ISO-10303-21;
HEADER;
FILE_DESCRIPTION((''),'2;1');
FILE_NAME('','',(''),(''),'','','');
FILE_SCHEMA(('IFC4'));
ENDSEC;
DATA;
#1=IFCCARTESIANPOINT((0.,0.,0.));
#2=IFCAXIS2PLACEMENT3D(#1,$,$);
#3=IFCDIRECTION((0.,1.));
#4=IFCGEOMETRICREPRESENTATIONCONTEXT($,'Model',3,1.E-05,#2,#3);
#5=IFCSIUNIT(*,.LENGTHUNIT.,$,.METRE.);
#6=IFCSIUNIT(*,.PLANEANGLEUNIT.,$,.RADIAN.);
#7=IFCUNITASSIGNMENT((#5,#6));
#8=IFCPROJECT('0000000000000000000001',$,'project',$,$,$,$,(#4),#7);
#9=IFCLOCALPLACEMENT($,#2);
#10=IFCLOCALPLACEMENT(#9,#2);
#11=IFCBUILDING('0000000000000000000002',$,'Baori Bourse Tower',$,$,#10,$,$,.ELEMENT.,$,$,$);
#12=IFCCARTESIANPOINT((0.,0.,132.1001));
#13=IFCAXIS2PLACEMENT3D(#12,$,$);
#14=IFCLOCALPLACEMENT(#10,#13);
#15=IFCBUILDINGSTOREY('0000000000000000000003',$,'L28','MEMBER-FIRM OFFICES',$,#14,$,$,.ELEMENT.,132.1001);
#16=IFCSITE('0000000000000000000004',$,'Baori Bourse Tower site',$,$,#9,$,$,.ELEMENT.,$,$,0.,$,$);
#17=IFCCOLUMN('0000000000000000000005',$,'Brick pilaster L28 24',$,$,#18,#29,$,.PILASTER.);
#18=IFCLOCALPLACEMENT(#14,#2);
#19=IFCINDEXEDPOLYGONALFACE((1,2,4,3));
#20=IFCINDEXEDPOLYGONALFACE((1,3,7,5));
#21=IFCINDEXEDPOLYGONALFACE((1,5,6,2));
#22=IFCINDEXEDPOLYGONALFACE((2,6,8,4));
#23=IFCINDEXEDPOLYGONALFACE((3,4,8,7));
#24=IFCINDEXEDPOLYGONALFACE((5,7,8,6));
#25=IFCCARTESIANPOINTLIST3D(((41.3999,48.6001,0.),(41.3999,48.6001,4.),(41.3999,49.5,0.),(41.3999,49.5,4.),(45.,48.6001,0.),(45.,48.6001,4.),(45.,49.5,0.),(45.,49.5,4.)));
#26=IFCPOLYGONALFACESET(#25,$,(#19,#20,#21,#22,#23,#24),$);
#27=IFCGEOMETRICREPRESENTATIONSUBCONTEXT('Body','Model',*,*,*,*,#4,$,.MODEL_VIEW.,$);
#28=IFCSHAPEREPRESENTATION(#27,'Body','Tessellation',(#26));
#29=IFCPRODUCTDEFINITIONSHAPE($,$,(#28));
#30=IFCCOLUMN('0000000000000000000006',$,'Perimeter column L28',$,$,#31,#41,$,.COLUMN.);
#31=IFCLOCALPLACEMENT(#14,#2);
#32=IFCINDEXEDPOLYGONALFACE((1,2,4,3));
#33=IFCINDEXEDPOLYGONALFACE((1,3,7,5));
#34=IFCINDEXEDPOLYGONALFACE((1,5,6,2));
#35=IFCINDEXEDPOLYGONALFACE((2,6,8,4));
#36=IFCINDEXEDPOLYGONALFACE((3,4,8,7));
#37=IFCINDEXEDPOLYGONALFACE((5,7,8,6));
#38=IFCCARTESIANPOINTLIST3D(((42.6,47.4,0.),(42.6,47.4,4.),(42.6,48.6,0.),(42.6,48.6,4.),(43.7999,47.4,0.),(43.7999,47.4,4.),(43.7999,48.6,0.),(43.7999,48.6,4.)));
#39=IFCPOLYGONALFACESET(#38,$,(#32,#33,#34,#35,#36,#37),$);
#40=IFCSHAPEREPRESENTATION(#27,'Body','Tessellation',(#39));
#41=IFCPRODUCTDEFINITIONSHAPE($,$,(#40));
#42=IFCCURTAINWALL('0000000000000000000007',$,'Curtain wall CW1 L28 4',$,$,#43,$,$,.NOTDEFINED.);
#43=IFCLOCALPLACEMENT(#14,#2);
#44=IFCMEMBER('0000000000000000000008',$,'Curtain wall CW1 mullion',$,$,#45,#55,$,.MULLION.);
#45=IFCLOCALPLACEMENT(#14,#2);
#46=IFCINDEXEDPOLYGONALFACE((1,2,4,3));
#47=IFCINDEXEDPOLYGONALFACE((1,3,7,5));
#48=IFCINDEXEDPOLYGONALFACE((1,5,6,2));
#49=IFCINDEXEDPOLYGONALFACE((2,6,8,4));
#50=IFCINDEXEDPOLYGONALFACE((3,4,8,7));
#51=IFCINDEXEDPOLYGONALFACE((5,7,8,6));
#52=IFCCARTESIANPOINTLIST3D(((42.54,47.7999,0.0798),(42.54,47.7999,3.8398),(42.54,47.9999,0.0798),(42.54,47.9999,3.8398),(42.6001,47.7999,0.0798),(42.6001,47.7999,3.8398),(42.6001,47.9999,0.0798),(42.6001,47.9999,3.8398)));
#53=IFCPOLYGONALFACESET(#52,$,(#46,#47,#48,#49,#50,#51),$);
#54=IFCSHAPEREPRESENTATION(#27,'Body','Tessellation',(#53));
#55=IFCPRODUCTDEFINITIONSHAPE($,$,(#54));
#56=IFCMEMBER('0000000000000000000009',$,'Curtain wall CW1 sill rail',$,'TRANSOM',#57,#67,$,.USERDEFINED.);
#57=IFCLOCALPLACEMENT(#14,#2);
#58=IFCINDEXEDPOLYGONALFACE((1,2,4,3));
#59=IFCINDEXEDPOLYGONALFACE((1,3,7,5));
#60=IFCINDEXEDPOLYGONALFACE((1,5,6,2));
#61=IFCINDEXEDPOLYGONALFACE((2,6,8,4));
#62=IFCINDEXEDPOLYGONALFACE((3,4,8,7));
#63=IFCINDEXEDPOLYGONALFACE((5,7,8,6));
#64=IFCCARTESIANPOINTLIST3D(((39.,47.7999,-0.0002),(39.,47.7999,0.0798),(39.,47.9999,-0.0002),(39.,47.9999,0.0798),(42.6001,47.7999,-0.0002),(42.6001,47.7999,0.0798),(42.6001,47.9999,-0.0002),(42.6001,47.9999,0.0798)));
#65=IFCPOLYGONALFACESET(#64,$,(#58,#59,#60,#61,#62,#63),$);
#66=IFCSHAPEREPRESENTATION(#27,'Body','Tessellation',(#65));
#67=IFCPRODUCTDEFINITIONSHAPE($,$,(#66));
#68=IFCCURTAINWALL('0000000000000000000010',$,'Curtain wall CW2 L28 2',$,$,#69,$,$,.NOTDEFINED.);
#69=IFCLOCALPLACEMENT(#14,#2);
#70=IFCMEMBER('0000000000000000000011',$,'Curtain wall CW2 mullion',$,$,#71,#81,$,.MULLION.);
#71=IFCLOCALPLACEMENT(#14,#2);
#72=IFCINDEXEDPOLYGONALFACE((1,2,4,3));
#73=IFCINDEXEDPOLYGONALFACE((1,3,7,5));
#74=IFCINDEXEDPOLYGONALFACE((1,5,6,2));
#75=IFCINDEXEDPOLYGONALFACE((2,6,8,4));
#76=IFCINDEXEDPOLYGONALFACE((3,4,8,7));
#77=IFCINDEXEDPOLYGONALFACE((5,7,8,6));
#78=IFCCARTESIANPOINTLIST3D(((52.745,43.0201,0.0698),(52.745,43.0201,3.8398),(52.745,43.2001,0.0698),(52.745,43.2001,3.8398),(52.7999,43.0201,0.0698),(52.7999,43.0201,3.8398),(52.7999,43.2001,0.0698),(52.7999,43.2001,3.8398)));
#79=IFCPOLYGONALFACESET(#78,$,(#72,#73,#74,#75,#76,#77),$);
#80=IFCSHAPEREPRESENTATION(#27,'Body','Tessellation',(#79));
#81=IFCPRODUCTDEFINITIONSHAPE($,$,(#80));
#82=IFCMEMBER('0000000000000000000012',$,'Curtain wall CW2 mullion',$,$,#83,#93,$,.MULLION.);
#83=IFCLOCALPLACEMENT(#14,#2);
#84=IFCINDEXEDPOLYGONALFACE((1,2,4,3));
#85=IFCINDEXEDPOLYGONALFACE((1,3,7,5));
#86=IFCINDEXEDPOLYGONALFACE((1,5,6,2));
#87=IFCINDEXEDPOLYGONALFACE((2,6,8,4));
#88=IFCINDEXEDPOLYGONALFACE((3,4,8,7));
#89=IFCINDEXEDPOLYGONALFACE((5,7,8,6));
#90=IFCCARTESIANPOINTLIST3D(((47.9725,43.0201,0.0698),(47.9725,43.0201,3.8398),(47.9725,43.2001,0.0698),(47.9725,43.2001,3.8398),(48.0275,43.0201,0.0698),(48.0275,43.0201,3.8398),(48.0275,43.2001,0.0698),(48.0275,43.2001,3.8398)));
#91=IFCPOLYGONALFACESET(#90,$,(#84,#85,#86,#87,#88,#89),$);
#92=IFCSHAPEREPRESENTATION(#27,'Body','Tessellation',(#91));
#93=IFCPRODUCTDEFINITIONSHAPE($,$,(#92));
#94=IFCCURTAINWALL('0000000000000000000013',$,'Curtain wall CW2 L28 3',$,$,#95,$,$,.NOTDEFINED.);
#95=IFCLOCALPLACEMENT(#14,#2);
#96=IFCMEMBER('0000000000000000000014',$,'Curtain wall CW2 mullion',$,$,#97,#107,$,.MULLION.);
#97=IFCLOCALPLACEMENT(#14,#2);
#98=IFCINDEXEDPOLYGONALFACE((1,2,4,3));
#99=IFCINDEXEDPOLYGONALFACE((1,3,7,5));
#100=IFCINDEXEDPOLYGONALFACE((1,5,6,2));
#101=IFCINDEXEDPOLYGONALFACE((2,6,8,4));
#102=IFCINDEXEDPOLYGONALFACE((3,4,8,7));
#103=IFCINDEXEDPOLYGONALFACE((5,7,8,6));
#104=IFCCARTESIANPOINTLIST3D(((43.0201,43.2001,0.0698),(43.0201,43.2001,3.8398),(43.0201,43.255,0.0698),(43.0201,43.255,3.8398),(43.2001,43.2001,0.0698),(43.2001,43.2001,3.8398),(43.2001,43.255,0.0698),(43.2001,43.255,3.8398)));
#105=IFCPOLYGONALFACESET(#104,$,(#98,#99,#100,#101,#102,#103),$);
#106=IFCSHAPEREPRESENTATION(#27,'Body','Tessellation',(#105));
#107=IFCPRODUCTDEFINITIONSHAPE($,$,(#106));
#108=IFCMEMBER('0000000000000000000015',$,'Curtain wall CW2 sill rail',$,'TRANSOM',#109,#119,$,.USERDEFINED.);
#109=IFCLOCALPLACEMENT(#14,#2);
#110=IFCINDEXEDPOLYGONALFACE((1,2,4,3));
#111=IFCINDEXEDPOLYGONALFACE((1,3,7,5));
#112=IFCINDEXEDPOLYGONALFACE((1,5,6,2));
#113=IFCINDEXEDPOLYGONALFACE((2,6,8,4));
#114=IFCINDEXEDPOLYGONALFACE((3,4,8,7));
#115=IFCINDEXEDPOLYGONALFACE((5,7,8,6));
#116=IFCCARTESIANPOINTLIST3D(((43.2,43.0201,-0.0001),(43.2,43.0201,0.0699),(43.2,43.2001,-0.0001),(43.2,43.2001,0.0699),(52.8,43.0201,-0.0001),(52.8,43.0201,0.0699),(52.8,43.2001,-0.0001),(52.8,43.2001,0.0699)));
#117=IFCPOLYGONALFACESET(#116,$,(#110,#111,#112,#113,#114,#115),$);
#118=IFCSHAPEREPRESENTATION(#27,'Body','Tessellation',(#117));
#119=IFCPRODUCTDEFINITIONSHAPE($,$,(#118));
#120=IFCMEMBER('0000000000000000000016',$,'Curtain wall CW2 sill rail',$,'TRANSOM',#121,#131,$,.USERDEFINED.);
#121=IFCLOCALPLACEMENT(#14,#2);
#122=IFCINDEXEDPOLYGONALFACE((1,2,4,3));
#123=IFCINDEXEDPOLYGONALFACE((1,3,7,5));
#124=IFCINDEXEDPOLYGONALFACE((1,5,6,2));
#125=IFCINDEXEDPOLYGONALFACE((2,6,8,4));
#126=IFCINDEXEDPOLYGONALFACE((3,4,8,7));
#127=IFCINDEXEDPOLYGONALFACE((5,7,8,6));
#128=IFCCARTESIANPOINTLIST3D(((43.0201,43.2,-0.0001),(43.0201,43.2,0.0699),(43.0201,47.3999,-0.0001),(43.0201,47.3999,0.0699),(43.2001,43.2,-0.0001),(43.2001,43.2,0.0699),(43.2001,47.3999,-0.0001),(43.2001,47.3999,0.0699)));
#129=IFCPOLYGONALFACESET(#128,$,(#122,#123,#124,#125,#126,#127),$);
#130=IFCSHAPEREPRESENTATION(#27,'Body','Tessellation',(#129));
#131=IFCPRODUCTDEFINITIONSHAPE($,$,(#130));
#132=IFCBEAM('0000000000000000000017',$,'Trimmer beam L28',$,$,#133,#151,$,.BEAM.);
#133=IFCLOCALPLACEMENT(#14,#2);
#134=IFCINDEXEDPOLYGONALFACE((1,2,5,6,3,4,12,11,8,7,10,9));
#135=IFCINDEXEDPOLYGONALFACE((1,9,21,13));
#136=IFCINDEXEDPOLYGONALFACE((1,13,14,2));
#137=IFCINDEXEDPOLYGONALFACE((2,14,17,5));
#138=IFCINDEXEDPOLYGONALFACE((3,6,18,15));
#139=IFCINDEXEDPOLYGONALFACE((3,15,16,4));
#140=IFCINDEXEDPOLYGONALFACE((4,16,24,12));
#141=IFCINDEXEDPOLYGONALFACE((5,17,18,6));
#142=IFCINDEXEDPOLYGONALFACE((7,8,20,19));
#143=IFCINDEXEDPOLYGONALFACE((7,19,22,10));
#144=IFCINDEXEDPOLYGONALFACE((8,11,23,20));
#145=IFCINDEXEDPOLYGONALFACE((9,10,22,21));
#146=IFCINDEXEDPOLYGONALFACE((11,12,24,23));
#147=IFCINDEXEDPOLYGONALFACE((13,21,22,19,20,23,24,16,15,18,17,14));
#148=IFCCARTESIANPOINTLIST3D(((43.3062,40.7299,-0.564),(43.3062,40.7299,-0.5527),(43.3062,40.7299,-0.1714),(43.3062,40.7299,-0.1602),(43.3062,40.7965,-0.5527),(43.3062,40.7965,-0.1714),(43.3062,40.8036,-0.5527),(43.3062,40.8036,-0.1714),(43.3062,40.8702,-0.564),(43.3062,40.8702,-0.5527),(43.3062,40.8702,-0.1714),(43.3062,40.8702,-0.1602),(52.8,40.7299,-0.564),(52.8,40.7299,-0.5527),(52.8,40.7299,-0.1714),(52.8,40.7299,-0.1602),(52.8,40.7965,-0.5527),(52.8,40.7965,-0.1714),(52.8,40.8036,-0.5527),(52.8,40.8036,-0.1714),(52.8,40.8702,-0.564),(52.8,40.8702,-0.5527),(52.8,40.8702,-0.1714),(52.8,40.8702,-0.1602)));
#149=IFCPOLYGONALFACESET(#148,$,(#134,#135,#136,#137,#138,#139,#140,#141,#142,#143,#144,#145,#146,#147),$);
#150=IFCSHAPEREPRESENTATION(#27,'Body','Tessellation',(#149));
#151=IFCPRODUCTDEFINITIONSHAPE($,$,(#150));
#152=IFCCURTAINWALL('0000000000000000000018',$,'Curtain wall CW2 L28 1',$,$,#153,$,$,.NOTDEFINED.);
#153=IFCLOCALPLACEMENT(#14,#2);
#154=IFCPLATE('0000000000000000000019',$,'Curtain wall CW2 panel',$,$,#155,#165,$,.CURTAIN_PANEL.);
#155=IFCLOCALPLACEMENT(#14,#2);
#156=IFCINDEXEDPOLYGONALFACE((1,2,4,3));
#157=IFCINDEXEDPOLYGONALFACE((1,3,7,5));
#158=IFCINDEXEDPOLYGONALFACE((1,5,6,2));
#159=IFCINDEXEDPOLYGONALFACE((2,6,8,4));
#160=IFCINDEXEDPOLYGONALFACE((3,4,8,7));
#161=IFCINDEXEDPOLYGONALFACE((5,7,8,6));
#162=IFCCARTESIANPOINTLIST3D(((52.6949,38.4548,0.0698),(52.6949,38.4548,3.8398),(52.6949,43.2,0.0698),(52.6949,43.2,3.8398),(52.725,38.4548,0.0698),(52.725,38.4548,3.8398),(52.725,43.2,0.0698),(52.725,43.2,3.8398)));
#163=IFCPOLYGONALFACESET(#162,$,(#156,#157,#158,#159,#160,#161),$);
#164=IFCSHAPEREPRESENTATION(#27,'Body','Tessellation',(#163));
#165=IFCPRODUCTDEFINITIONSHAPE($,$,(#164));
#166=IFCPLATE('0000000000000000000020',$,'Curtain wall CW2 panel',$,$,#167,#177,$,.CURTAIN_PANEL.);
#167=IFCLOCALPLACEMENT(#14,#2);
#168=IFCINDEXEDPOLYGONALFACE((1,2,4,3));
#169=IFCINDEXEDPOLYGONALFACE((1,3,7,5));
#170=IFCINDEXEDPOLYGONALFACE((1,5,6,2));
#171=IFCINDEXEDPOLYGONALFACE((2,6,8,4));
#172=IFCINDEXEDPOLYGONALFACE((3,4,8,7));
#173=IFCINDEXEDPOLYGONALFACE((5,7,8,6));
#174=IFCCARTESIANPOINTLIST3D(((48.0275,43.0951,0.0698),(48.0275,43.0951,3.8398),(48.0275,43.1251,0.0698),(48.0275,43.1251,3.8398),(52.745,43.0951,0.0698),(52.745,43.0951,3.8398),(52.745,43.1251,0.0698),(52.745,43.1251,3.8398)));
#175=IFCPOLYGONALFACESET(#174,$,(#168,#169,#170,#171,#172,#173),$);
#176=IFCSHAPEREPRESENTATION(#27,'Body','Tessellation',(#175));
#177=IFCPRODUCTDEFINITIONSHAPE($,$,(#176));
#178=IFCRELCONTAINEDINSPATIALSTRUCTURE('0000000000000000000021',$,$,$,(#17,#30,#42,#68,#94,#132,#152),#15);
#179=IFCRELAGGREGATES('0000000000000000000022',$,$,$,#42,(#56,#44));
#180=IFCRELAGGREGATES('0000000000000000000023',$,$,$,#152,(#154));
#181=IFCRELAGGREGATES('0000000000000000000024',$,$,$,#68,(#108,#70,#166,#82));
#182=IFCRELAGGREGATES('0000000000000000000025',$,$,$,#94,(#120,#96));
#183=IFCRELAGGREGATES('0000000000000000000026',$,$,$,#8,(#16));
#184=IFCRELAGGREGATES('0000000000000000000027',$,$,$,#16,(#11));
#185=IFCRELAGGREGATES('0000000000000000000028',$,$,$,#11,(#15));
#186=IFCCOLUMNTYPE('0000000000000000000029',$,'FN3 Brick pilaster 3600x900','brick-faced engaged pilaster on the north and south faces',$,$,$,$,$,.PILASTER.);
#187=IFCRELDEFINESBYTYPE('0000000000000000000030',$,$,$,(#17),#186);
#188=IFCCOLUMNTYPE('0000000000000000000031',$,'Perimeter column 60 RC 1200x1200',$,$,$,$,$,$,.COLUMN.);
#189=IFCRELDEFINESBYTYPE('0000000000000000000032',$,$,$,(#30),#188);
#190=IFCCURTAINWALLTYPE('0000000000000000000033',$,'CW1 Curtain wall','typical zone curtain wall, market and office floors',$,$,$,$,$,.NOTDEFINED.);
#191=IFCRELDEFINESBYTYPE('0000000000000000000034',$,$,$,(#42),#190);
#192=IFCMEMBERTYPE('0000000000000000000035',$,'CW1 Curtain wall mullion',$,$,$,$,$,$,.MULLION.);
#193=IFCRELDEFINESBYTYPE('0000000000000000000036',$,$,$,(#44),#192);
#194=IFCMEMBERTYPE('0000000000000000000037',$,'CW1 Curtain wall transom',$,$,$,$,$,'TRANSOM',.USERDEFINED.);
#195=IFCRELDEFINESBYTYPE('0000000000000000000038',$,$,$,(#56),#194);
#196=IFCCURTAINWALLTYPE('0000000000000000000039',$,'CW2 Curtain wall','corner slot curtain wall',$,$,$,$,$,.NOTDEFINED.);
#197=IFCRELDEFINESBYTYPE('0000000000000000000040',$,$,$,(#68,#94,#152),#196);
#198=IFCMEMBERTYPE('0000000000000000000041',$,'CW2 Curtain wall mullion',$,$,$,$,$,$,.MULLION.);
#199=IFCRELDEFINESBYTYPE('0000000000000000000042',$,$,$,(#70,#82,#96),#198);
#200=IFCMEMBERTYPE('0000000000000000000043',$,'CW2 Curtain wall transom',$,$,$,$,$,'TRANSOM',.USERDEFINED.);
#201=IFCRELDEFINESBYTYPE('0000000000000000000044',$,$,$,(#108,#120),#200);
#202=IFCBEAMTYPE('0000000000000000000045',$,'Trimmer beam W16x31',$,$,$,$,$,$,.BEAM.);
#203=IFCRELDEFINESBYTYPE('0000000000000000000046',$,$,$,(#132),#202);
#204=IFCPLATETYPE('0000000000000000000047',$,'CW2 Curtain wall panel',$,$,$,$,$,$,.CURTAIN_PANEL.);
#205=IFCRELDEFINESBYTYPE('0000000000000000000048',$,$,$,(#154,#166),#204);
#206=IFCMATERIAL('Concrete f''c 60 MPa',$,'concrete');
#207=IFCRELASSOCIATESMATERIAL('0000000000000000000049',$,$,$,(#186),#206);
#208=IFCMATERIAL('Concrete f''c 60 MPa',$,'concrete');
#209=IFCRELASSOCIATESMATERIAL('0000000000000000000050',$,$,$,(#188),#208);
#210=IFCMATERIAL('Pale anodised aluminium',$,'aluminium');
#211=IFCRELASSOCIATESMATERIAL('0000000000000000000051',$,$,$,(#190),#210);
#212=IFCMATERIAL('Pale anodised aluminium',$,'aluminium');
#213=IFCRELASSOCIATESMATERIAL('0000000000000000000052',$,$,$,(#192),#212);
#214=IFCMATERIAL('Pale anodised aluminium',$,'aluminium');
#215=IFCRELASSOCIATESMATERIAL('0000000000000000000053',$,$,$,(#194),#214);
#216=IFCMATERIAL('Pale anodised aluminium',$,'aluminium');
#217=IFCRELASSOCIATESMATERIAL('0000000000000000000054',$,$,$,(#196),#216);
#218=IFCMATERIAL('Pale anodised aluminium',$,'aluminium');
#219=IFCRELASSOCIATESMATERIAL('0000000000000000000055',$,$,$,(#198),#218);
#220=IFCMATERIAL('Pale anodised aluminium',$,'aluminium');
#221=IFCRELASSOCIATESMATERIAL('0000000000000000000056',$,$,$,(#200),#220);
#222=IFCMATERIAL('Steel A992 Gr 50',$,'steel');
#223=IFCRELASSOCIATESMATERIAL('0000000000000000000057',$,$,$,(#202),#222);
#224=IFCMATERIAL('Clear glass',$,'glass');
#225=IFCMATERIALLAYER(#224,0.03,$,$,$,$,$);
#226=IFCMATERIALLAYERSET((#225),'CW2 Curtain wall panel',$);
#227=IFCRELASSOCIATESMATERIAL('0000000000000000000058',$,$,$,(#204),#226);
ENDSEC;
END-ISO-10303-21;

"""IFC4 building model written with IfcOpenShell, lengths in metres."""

from ifc_helpers import new_model, si_unit, direction, frame, origin, origin_2d, place, context, subcontext, project, spatial, rectangle, i_section, extrude, material, layer, layer_set, material_profile, profile_set, type_object, element, aggregate, save


model = new_model("IFC4")

# Units and contexts
model_context = context("Model", 3, precision=1e-05, world=origin(), true_north=direction((0.0, 1.0)))
body_context = subcontext(model_context, "Body", "Model", "MODEL_VIEW")
ifc_project = project(units=[si_unit("LENGTHUNIT", "METRE"), si_unit("PLANEANGLEUNIT", "RADIAN")], contexts=[model_context])

# Site, building, storey
site_placement = place(None, origin())
site = spatial("IfcSite", under=ifc_project, at=site_placement, Name="Baori Bourse Tower site", CompositionType="ELEMENT", RefElevation=0.0)
building_placement = place(site_placement, origin())
building = spatial("IfcBuilding", under=site, at=building_placement, Name="Baori Bourse Tower", CompositionType="ELEMENT")
storey_placement = place(building_placement, frame((0.0, 0.0, 132.1001)))
storey = spatial("IfcBuildingStorey", under=building, at=storey_placement, Name="L28", Description="MEMBER-FIRM OFFICES", CompositionType="ELEMENT", Elevation=132.1001)

# Columns
ifc_material_1 = material(Name="Concrete f'c 60 MPa", Category="concrete")
ifc_material_profile_1 = material_profile(ifc_material_1, rectangle(XDim=3.6001, YDim=0.8999, at=origin_2d()), Name="RC 3600x900")
ifc_profile_set_1 = profile_set([ifc_material_profile_1], Name="Concrete f'c 60 MPa")
column_type_1 = type_object("IfcColumnType", Name="FN3 Brick pilaster 3600x900", Description="brick-faced engaged pilaster on the north and south faces", PredefinedType="PILASTER", material=ifc_profile_set_1)
column_1_placement = place(storey_placement, frame((43.2, 49.05, 0.0), z_axis=(0.0, 0.0, 1.0), x_axis=(1.0, 0.0, 0.0)))
element("IfcColumn", 1, at=column_1_placement, inside=storey, type_object=column_type_1, Name="Brick pilaster L28 24", PredefinedType="PILASTER", context=body_context, shape_type="SweptSolid", body=[
    extrude(rectangle(XDim=3.6001, YDim=0.8999, at=origin_2d()), origin(), (0.0, 0.0, 1.0), 4.0),
])
ifc_material_2 = material(Name="Concrete f'c 60 MPa", Category="concrete")
ifc_material_profile_2 = material_profile(ifc_material_2, rectangle(XDim=1.2, YDim=1.2, at=origin_2d()), Name="RC 1200x1200")
ifc_profile_set_2 = profile_set([ifc_material_profile_2], Name="Concrete f'c 60 MPa")
column_type_2 = type_object("IfcColumnType", Name="Perimeter column 60 RC 1200x1200", PredefinedType="COLUMN", material=ifc_profile_set_2)
column_2_placement = place(storey_placement, frame((43.2, 48.0, 0.0), z_axis=(0.0, 0.0, 1.0), x_axis=(1.0, 0.0, 0.0)))
element("IfcColumn", 2, at=column_2_placement, inside=storey, type_object=column_type_2, Name="Perimeter column L28", PredefinedType="COLUMN", context=body_context, shape_type="SweptSolid", body=[
    extrude(rectangle(XDim=1.2, YDim=1.2, at=origin_2d()), origin(), (0.0, 0.0, 1.0), 4.0),
])

# Curtain walls, members
ifc_material_3 = material(Name="Pale anodised aluminium", Category="aluminium")
curtain_wall_type_1 = type_object("IfcCurtainWallType", Name="CW1 Curtain wall", Description="typical zone curtain wall, market and office floors", PredefinedType="NOTDEFINED", material=ifc_material_3)
curtain_wall_1_placement = place(storey_placement, origin())
curtain_wall_1 = element("IfcCurtainWall", 3, at=curtain_wall_1_placement, inside=storey, type_object=curtain_wall_type_1, Name="Curtain wall CW1 L28 4", PredefinedType="NOTDEFINED")
ifc_material_4 = material(Name="Pale anodised aluminium", Category="aluminium")
ifc_material_profile_3 = material_profile(ifc_material_4, rectangle(XDim=0.2, YDim=0.0601, at=origin_2d()), Name="Mullion 60x200")
ifc_profile_set_3 = profile_set([ifc_material_profile_3], Name="Pale anodised aluminium")
member_type_1 = type_object("IfcMemberType", Name="CW1 Curtain wall mullion", PredefinedType="MULLION", material=ifc_profile_set_3)
member_1_placement = place(storey_placement, frame((42.5701, 47.8999, 0.0798), z_axis=(0.0, 0.0, 1.0), x_axis=(0.0, -1.0, 0.0)))
member_1 = element("IfcMember", 4, at=member_1_placement, type_object=member_type_1, Name="Curtain wall CW1 mullion", PredefinedType="MULLION", context=body_context, shape_type="SweptSolid", body=[
    extrude(rectangle(XDim=0.2, YDim=0.0601, at=origin_2d()), origin(), (0.0, 0.0, 1.0), 3.76),
])
ifc_material_5 = material(Name="Pale anodised aluminium", Category="aluminium")
ifc_material_profile_4 = material_profile(ifc_material_5, rectangle(XDim=0.2, YDim=0.0801, at=origin_2d()), Name="Transom 80x200")
ifc_profile_set_4 = profile_set([ifc_material_profile_4], Name="Pale anodised aluminium")
member_type_2 = type_object("IfcMemberType", Name="CW1 Curtain wall transom", ElementType="TRANSOM", PredefinedType="USERDEFINED", material=ifc_profile_set_4)
member_2_placement = place(storey_placement, frame((42.6001, 47.8999, 0.0398), z_axis=(-1.0, 0.0, 0.0), x_axis=(0.0, -1.0, 0.0)))
member_2 = element("IfcMember", 5, at=member_2_placement, type_object=member_type_2, Name="Curtain wall CW1 sill rail", ObjectType="TRANSOM", PredefinedType="USERDEFINED", context=body_context, shape_type="SweptSolid", body=[
    extrude(rectangle(XDim=0.2, YDim=0.0801, at=origin_2d()), origin(), (0.0, 0.0, 1.0), 3.6001),
])
aggregate(curtain_wall_1, [member_2, member_1])
ifc_material_6 = material(Name="Pale anodised aluminium", Category="aluminium")
curtain_wall_type_2 = type_object("IfcCurtainWallType", Name="CW2 Curtain wall", Description="corner slot curtain wall", PredefinedType="NOTDEFINED", material=ifc_material_6)
curtain_wall_2_placement = place(storey_placement, origin())
curtain_wall_2 = element("IfcCurtainWall", 6, at=curtain_wall_2_placement, inside=storey, type_object=curtain_wall_type_2, Name="Curtain wall CW2 L28 2", PredefinedType="NOTDEFINED")
ifc_material_7 = material(Name="Pale anodised aluminium", Category="aluminium")
ifc_material_profile_5 = material_profile(ifc_material_7, rectangle(XDim=0.1799, YDim=0.0549, at=origin_2d()), Name="Mullion 55x180")
ifc_profile_set_5 = profile_set([ifc_material_profile_5], Name="Pale anodised aluminium")
member_type_3 = type_object("IfcMemberType", Name="CW2 Curtain wall mullion", PredefinedType="MULLION", material=ifc_profile_set_5)
member_3_placement = place(storey_placement, frame((52.7725, 43.1101, 0.0698), z_axis=(0.0, 0.0, 1.0), x_axis=(0.0, -1.0, 0.0)))
member_3 = element("IfcMember", 7, at=member_3_placement, type_object=member_type_3, Name="Curtain wall CW2 mullion", PredefinedType="MULLION", context=body_context, shape_type="SweptSolid", body=[
    extrude(rectangle(XDim=0.1799, YDim=0.0549, at=origin_2d()), origin(), (0.0, 0.0, 1.0), 3.77),
])
member_4_placement = place(storey_placement, frame((48.0, 43.1101, 0.0698), z_axis=(0.0, 0.0, 1.0), x_axis=(0.0, -1.0, 0.0)))
member_4 = element("IfcMember", 8, at=member_4_placement, type_object=member_type_3, Name="Curtain wall CW2 mullion", PredefinedType="MULLION", context=body_context, shape_type="SweptSolid", body=[
    extrude(rectangle(XDim=0.1799, YDim=0.0549, at=origin_2d()), origin(), (0.0, 0.0, 1.0), 3.77),
])

# Curtain wall, member
curtain_wall_3_placement = place(storey_placement, origin())
curtain_wall_3 = element("IfcCurtainWall", 9, at=curtain_wall_3_placement, inside=storey, type_object=curtain_wall_type_2, Name="Curtain wall CW2 L28 3", PredefinedType="NOTDEFINED")
member_5_placement = place(storey_placement, frame((43.1101, 43.2275, 0.0698), z_axis=(0.0, 0.0, 1.0), x_axis=(-1.0, 0.0, 0.0)))
member_5 = element("IfcMember", 10, at=member_5_placement, type_object=member_type_3, Name="Curtain wall CW2 mullion", PredefinedType="MULLION", context=body_context, shape_type="SweptSolid", body=[
    extrude(rectangle(XDim=0.1799, YDim=0.0549, at=origin_2d()), origin(), (0.0, 0.0, 1.0), 3.77),
])

# Members
ifc_material_8 = material(Name="Pale anodised aluminium", Category="aluminium")
ifc_material_profile_6 = material_profile(ifc_material_8, rectangle(XDim=0.1799, YDim=0.0701, at=origin_2d()), Name="Transom 70x180")
ifc_profile_set_6 = profile_set([ifc_material_profile_6], Name="Pale anodised aluminium")
member_type_4 = type_object("IfcMemberType", Name="CW2 Curtain wall transom", ElementType="TRANSOM", PredefinedType="USERDEFINED", material=ifc_profile_set_6)
member_6_placement = place(storey_placement, frame((52.8, 43.1101, 0.0349), z_axis=(-1.0, 0.0, 0.0), x_axis=(0.0, -1.0, 0.0)))
member_6 = element("IfcMember", 11, at=member_6_placement, type_object=member_type_4, Name="Curtain wall CW2 sill rail", ObjectType="TRANSOM", PredefinedType="USERDEFINED", context=body_context, shape_type="SweptSolid", body=[
    extrude(rectangle(XDim=0.1799, YDim=0.0701, at=origin_2d()), origin(), (0.0, 0.0, 1.0), 9.6001),
])
member_7_placement = place(storey_placement, frame((43.1101, 43.2, 0.0349), z_axis=(0.0, 1.0, 0.0), x_axis=(-1.0, 0.0, 0.0)))
member_7 = element("IfcMember", 12, at=member_7_placement, type_object=member_type_4, Name="Curtain wall CW2 sill rail", ObjectType="TRANSOM", PredefinedType="USERDEFINED", context=body_context, shape_type="SweptSolid", body=[
    extrude(rectangle(XDim=0.1799, YDim=0.0701, at=origin_2d()), origin(), (0.0, 0.0, 1.0), 4.2),
])

# Beam
ifc_material_9 = material(Name="Steel A992 Gr 50", Category="steel")
ifc_material_profile_7 = material_profile(ifc_material_9, i_section(OverallWidth=0.1404, OverallDepth=0.4038, WebThickness=0.0071, FlangeThickness=0.0112, at=origin_2d()), Name="W16x31")
ifc_profile_set_7 = profile_set([ifc_material_profile_7], Name="Steel A992 Gr 50")
beam_type = type_object("IfcBeamType", Name="Trimmer beam W16x31", PredefinedType="BEAM", material=ifc_profile_set_7)
beam_placement = place(storey_placement, frame((43.3062, 40.8, -0.3621), z_axis=(1.0, 0.0, 0.0), x_axis=(0.0, 1.0, 0.0)))
element("IfcBeam", 13, at=beam_placement, inside=storey, type_object=beam_type, Name="Trimmer beam L28", PredefinedType="BEAM", context=body_context, shape_type="SweptSolid", body=[
    extrude(i_section(OverallWidth=0.1404, OverallDepth=0.4038, WebThickness=0.0071, FlangeThickness=0.0112, at=origin_2d()), origin(), (0.0, 0.0, 1.0), 9.4939),
])

# Curtain wall, plate
curtain_wall_4_placement = place(storey_placement, origin())
curtain_wall_4 = element("IfcCurtainWall", 14, at=curtain_wall_4_placement, inside=storey, type_object=curtain_wall_type_2, Name="Curtain wall CW2 L28 1", PredefinedType="NOTDEFINED")
ifc_material_10 = material(Name="Clear glass", Category="glass")
ifc_layer_1 = layer(ifc_material_10, 0.03)
ifc_layer_set_1 = layer_set([ifc_layer_1], Name="CW2 Curtain wall panel")
plate_type = type_object("IfcPlateType", Name="CW2 Curtain wall panel", PredefinedType="CURTAIN_PANEL", material=ifc_layer_set_1)
plate_1_placement = place(storey_placement, frame((52.71, 40.8274, 0.0698), z_axis=(0.0, 0.0, 1.0), x_axis=(0.0, 1.0, 0.0)))
plate_1 = element("IfcPlate", 15, at=plate_1_placement, type_object=plate_type, Name="Curtain wall CW2 panel", PredefinedType="CURTAIN_PANEL", context=body_context, shape_type="SweptSolid", body=[
    extrude(rectangle(XDim=4.7451, YDim=0.03, at=origin_2d()), origin(), (0.0, 0.0, 1.0), 3.77),
])
aggregate(curtain_wall_4, [plate_1])

# Plate
plate_2_placement = place(storey_placement, frame((50.3862, 43.1101, 0.0698), z_axis=(0.0, 0.0, 1.0), x_axis=(-1.0, 0.0, 0.0)))
plate_2 = element("IfcPlate", 16, at=plate_2_placement, type_object=plate_type, Name="Curtain wall CW2 panel", PredefinedType="CURTAIN_PANEL", context=body_context, shape_type="SweptSolid", body=[
    extrude(rectangle(XDim=4.7175, YDim=0.03, at=origin_2d()), origin(), (0.0, 0.0, 1.0), 3.77),
])
aggregate(curtain_wall_2, [member_6, member_3, plate_2, member_4])
aggregate(curtain_wall_3, [member_7, member_5])

save(model, "model.ifc")
